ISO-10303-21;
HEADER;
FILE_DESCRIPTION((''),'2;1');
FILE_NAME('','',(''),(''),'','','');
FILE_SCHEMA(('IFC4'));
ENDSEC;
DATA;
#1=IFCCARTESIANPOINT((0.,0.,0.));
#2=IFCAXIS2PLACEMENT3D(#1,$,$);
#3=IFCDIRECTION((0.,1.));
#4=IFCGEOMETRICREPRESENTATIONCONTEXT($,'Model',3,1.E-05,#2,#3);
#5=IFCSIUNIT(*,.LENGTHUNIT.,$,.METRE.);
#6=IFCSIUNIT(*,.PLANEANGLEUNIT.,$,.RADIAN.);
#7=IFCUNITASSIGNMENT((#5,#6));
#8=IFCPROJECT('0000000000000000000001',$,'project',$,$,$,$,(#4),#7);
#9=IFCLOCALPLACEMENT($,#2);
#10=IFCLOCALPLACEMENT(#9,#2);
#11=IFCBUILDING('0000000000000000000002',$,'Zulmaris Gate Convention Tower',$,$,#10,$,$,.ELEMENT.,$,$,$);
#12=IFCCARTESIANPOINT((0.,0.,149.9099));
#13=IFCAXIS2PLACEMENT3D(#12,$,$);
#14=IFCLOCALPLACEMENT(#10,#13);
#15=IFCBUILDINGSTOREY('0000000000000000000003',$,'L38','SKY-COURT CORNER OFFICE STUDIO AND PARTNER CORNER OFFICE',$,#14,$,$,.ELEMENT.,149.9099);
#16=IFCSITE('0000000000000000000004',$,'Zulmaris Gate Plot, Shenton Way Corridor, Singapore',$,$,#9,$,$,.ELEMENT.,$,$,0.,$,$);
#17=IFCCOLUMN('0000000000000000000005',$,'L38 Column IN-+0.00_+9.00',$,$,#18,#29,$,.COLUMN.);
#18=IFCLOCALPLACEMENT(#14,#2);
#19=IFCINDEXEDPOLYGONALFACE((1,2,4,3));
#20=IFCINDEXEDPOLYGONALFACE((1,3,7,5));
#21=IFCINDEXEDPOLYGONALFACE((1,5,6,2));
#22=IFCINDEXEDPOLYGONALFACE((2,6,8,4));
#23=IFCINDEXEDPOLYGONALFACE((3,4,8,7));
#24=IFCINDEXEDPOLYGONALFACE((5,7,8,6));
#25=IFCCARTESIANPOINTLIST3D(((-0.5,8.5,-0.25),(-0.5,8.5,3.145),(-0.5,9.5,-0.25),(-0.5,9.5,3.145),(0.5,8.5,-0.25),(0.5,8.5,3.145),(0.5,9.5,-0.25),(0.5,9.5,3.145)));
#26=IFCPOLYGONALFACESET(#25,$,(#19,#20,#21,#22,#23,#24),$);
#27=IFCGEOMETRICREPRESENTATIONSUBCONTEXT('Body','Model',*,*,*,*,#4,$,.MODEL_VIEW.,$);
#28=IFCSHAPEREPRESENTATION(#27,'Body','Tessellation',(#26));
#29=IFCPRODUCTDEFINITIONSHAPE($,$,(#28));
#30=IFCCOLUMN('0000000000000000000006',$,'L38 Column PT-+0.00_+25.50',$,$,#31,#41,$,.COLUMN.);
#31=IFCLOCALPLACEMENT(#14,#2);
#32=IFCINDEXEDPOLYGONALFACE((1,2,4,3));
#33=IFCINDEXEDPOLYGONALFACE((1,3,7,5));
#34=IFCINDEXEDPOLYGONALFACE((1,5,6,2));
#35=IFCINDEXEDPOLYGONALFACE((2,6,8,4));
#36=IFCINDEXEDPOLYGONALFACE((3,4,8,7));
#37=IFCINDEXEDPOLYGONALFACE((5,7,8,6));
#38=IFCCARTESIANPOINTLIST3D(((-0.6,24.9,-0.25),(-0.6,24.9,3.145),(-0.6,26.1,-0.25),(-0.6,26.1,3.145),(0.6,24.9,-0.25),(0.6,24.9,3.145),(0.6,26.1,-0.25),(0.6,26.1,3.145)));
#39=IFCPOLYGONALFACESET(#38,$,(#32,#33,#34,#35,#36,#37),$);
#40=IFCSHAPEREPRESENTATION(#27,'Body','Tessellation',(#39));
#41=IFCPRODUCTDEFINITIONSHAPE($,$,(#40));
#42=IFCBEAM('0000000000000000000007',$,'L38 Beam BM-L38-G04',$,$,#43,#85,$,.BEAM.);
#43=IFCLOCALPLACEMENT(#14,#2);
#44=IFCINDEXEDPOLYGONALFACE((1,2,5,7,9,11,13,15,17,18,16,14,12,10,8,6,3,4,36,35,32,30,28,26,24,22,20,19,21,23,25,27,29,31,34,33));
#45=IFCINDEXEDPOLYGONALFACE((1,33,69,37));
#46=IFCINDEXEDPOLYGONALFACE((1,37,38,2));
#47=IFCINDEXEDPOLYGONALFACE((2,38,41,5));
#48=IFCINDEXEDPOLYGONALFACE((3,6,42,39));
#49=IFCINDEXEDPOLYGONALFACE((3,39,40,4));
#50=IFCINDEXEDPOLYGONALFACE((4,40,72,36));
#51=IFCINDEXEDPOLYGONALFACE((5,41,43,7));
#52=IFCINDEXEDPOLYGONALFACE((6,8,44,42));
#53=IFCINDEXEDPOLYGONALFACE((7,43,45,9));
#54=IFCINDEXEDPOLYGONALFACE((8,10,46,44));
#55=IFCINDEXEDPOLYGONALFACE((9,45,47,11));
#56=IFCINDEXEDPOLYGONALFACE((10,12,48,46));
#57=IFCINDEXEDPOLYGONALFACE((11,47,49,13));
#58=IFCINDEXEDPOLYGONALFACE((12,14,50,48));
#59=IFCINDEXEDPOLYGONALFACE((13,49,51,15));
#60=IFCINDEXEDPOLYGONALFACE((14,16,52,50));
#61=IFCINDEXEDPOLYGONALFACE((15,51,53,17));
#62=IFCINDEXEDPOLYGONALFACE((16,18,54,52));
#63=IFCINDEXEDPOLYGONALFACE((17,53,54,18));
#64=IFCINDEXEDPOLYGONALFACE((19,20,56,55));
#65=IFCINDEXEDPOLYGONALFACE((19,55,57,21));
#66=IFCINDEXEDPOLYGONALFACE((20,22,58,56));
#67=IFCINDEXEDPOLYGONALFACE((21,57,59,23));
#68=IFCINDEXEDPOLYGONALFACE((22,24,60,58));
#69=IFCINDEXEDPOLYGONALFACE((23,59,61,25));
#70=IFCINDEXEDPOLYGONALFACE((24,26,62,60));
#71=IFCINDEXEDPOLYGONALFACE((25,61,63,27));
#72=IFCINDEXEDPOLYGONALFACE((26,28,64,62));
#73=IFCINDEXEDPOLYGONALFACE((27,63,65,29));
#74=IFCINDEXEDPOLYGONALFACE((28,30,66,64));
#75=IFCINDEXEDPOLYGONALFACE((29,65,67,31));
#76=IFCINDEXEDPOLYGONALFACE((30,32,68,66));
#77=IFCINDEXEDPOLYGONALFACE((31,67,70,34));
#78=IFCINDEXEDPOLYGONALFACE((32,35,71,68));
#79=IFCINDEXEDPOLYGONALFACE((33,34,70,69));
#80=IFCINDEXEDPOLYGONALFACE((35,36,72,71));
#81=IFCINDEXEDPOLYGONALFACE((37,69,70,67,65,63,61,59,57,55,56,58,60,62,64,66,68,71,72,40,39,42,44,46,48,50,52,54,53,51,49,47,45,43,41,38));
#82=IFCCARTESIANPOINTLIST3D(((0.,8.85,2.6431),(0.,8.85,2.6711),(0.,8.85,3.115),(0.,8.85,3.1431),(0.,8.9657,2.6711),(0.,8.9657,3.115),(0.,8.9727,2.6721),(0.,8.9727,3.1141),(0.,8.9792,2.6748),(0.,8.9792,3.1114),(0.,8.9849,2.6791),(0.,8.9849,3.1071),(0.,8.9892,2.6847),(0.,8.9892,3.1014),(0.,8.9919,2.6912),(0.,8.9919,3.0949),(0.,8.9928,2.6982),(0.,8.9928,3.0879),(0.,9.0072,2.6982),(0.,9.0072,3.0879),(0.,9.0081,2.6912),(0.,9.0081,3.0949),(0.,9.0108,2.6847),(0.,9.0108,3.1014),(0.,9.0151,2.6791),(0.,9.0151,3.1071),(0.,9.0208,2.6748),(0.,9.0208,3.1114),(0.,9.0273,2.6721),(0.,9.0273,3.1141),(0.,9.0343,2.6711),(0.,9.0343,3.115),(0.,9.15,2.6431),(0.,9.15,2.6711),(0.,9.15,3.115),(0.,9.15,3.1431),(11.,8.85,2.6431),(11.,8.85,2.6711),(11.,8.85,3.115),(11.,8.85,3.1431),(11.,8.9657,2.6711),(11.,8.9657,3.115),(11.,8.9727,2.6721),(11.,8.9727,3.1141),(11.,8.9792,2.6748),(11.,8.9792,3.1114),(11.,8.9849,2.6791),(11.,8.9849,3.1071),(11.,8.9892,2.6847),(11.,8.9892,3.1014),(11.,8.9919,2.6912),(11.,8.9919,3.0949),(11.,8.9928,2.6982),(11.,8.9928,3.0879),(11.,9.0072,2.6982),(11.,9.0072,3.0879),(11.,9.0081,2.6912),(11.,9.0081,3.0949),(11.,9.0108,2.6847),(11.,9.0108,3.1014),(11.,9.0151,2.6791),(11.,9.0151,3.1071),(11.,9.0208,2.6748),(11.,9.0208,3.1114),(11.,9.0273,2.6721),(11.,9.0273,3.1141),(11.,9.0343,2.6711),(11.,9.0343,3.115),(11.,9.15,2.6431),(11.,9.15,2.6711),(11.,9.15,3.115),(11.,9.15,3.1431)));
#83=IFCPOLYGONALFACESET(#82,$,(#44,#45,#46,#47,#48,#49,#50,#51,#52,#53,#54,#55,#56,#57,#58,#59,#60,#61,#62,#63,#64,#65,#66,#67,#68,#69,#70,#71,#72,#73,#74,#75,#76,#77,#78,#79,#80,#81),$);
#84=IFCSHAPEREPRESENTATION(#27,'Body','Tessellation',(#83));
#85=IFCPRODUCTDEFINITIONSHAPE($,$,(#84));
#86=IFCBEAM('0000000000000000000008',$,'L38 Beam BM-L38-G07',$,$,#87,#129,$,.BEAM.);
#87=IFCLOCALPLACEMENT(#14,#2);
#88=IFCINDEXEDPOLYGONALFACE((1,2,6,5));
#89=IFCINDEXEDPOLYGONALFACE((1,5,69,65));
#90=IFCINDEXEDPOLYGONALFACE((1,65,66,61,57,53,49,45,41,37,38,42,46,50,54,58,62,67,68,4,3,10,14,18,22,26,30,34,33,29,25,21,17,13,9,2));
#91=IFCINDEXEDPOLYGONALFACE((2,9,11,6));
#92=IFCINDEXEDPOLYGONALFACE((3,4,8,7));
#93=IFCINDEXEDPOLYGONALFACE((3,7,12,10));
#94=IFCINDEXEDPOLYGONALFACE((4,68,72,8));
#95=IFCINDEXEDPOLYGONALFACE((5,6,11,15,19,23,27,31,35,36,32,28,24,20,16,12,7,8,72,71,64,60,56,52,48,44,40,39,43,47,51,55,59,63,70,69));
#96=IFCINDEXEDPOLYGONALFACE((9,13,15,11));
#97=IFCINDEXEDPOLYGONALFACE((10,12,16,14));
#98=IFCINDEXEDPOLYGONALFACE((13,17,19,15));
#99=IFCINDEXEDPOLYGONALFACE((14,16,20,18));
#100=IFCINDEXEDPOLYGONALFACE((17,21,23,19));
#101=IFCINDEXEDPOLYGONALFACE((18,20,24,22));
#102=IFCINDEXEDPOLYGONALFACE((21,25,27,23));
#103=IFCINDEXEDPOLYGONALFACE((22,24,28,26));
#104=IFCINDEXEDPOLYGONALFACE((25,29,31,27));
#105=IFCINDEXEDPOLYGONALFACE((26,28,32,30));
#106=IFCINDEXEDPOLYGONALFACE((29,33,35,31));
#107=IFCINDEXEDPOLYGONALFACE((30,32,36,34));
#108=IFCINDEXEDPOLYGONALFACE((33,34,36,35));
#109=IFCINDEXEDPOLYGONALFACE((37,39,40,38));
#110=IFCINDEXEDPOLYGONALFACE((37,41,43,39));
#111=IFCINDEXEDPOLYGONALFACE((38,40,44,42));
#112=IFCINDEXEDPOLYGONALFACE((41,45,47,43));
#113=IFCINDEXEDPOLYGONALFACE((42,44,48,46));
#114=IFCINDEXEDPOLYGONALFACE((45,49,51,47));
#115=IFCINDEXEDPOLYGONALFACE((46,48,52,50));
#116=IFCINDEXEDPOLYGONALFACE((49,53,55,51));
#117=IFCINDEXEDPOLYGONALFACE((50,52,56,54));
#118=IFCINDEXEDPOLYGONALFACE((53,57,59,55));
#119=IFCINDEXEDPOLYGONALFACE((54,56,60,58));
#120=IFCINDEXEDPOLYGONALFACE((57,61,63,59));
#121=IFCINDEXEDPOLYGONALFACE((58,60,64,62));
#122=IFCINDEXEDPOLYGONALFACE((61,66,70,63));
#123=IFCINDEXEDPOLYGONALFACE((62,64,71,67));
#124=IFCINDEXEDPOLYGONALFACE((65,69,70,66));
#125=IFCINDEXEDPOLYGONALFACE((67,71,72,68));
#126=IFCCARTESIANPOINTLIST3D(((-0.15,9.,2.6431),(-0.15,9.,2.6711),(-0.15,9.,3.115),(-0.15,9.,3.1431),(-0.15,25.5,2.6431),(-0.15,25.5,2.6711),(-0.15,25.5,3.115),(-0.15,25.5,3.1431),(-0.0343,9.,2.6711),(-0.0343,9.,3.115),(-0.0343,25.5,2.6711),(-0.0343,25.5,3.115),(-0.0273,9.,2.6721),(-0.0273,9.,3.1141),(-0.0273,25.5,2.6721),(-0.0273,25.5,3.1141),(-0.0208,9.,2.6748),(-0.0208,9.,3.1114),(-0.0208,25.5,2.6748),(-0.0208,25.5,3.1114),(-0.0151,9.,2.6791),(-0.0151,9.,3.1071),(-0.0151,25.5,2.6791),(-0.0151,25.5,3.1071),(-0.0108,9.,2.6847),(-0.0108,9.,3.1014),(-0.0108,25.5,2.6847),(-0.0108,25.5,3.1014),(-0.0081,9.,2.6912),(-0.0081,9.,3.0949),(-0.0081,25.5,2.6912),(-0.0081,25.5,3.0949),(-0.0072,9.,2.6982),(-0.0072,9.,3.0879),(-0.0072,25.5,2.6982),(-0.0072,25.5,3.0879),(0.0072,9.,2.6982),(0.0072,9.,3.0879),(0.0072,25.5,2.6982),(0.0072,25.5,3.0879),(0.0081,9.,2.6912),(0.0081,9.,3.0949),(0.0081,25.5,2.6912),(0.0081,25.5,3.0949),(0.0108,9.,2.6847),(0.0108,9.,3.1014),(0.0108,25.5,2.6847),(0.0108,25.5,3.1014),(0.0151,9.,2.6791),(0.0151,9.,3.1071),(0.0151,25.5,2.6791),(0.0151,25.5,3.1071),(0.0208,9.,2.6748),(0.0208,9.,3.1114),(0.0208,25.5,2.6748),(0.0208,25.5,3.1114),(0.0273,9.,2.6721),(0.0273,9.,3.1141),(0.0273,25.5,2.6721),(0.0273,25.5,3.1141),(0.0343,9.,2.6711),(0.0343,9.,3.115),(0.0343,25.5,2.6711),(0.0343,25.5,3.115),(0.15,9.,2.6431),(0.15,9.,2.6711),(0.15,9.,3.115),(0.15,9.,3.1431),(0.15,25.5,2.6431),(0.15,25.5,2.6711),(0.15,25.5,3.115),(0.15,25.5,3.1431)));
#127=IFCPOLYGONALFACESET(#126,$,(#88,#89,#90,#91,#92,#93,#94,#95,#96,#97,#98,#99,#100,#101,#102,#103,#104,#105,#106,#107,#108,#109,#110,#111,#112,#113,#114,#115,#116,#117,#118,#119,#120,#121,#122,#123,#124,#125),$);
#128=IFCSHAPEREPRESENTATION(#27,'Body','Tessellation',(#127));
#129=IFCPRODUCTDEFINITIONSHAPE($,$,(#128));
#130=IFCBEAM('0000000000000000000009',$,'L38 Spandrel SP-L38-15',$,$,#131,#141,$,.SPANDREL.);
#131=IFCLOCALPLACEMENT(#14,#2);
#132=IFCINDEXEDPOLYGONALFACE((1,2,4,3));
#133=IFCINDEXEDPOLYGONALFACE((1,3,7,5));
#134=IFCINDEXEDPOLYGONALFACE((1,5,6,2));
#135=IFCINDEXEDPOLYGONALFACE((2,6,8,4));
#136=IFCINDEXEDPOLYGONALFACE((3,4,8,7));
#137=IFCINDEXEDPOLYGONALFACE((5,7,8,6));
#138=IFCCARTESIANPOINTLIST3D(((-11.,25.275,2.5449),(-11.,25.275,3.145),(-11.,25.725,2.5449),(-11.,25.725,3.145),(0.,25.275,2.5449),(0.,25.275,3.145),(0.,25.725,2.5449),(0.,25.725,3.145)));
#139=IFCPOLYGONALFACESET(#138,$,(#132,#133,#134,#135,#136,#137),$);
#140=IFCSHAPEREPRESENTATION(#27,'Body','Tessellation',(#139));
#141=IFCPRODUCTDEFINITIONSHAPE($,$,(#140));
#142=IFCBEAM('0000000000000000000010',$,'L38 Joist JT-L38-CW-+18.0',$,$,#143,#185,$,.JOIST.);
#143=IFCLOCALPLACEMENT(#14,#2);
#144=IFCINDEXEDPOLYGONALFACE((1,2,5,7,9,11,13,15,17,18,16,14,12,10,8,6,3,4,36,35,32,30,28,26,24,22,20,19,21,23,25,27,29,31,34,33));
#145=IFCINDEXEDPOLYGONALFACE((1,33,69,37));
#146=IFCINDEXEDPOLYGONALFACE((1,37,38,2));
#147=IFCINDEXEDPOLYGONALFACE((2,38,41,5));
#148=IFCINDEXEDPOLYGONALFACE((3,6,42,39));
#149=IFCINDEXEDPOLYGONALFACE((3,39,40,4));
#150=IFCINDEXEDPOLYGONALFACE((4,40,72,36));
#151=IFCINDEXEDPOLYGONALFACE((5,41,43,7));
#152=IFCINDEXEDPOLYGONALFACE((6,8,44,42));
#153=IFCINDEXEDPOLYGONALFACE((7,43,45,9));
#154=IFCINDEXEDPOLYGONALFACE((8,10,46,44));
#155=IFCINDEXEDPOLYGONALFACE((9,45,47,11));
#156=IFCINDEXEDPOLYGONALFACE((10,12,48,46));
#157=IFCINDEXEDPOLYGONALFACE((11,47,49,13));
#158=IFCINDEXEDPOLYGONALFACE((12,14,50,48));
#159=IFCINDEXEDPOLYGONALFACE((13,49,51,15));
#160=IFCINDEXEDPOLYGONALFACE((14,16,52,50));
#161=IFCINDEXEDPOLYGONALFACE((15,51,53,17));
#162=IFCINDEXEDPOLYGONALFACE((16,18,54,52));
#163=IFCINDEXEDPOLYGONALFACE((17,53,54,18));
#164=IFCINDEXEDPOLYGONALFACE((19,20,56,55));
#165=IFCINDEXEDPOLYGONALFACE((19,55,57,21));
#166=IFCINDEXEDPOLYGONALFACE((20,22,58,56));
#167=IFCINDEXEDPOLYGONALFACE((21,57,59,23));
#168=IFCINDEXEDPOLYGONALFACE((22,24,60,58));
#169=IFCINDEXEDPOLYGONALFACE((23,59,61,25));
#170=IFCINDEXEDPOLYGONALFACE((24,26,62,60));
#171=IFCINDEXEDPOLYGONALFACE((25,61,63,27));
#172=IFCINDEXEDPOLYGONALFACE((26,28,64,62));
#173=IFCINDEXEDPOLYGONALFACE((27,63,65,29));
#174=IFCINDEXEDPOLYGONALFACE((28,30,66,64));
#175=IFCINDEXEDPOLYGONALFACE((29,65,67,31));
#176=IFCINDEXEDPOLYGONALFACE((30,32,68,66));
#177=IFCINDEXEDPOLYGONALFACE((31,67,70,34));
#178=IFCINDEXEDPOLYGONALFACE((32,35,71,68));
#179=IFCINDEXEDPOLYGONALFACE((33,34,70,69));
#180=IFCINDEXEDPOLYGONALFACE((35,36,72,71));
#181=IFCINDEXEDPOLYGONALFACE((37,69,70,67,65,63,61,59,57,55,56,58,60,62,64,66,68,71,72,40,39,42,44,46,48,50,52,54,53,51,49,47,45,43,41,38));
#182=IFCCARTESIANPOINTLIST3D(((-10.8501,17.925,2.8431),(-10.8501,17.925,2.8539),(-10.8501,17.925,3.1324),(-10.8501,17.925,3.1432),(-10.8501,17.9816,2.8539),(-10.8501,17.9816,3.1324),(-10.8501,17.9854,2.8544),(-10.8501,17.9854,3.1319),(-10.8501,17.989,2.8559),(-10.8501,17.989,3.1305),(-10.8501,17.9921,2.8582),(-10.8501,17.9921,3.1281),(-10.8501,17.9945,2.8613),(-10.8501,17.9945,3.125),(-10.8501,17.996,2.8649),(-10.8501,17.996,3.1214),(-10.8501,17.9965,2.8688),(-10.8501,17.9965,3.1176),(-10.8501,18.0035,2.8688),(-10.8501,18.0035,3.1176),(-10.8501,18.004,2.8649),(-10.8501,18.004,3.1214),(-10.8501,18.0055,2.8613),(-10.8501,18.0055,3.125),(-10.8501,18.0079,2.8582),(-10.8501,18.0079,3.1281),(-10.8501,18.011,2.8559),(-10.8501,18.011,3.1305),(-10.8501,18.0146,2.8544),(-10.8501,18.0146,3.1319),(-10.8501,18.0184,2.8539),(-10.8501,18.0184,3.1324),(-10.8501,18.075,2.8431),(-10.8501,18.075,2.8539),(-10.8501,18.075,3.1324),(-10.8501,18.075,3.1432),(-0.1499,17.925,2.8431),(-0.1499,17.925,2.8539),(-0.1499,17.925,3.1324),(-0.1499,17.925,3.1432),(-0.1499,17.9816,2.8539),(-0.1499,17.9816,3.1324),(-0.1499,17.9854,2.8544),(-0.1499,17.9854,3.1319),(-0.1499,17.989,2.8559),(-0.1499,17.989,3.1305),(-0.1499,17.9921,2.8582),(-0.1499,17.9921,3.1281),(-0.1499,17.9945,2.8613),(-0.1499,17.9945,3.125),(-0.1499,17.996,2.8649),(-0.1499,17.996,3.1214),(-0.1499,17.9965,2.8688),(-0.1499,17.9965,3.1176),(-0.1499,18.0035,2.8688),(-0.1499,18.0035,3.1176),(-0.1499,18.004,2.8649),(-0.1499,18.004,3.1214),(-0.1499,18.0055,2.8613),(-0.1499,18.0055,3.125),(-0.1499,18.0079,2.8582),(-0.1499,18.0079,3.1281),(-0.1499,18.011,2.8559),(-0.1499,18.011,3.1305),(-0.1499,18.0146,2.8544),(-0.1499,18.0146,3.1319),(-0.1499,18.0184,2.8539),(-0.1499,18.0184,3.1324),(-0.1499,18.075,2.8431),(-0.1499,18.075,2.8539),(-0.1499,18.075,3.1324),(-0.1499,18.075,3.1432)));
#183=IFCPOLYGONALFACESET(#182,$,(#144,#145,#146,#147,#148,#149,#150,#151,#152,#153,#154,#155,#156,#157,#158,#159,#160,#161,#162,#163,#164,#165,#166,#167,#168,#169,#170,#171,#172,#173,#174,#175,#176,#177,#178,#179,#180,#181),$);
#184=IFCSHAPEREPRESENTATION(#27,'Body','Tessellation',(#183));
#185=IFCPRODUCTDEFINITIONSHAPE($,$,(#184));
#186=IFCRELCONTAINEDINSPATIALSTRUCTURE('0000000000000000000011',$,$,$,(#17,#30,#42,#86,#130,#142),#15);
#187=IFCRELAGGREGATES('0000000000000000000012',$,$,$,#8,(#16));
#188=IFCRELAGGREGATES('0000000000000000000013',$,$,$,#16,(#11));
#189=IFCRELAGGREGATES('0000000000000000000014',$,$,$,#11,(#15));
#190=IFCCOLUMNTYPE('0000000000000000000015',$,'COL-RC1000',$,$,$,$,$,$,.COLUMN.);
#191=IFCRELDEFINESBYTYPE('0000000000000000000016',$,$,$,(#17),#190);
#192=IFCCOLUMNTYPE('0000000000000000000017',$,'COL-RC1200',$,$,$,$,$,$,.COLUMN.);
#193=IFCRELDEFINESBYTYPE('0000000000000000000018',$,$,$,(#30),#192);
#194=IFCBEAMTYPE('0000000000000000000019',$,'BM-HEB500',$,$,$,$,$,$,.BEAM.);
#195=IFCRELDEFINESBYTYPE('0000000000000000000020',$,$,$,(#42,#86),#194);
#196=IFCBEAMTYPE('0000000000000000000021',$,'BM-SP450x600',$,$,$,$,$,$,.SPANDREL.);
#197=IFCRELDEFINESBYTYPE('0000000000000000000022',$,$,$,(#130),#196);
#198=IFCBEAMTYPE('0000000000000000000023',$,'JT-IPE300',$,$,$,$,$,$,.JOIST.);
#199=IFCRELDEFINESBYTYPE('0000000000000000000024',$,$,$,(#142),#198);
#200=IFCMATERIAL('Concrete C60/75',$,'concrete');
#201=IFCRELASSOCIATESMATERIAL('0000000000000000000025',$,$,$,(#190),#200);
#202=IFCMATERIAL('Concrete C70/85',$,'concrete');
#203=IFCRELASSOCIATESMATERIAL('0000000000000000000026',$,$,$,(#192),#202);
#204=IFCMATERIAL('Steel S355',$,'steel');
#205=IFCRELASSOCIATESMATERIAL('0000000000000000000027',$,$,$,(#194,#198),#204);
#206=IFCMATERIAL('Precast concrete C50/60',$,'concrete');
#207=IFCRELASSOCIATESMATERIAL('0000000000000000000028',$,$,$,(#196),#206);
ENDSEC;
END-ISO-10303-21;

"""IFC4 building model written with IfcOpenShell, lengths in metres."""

from ifc_helpers import new_model, si_unit, direction, frame, origin, origin_2d, place, context, subcontext, project, spatial, rectangle, i_section, extrude, material, material_profile, profile_set, type_object, element, save


model = new_model("IFC4")

# Units and contexts
model_context = context("Model", 3, precision=1e-05, world=origin(), true_north=direction((0.0, 1.0)))
body_context = subcontext(model_context, "Body", "Model", "MODEL_VIEW")
ifc_project = project(units=[si_unit("LENGTHUNIT", "METRE"), si_unit("PLANEANGLEUNIT", "RADIAN")], contexts=[model_context])

# Site, building, storey
site_placement = place(None, origin())
site = spatial("IfcSite", under=ifc_project, at=site_placement, Name="Zulmaris Gate Plot, Shenton Way Corridor, Singapore", CompositionType="ELEMENT", RefElevation=0.0)
building_placement = place(site_placement, origin())
building = spatial("IfcBuilding", under=site, at=building_placement, Name="Zulmaris Gate Convention Tower", CompositionType="ELEMENT")
storey_placement = place(building_placement, frame((0.0, 0.0, 149.9099)))
storey = spatial("IfcBuildingStorey", under=building, at=storey_placement, Name="L38", Description="SKY-COURT CORNER OFFICE STUDIO AND PARTNER CORNER OFFICE", CompositionType="ELEMENT", Elevation=149.9099)

# Columns
ifc_material_1 = material(Name="Concrete C60/75", Category="concrete")
ifc_material_profile_1 = material_profile(ifc_material_1, rectangle(XDim=1.0, YDim=1.0, at=origin_2d()), Name="RC COL 1000x1000")
ifc_profile_set_1 = profile_set([ifc_material_profile_1], Name="Concrete C60/75")
column_type_1 = type_object("IfcColumnType", Name="COL-RC1000", PredefinedType="COLUMN", material=ifc_profile_set_1)
column_1_placement = place(storey_placement, frame((0.0, 9.0, -0.25), z_axis=(0.0, 0.0, 1.0), x_axis=(1.0, 0.0, 0.0)))
element("IfcColumn", 1, at=column_1_placement, inside=storey, type_object=column_type_1, Name="L38 Column IN-+0.00_+9.00", PredefinedType="COLUMN", context=body_context, shape_type="SweptSolid", body=[
    extrude(rectangle(XDim=1.0, YDim=1.0, at=origin_2d()), origin(), (0.0, 0.0, 1.0), 3.395),
])
ifc_material_2 = material(Name="Concrete C70/85", Category="concrete")
ifc_material_profile_2 = material_profile(ifc_material_2, rectangle(XDim=1.2, YDim=1.2, at=origin_2d()), Name="RC COL 1200x1200")
ifc_profile_set_2 = profile_set([ifc_material_profile_2], Name="Concrete C70/85")
column_type_2 = type_object("IfcColumnType", Name="COL-RC1200", PredefinedType="COLUMN", material=ifc_profile_set_2)
column_2_placement = place(storey_placement, frame((0.0, 25.5, -0.25), z_axis=(0.0, 0.0, 1.0), x_axis=(1.0, 0.0, 0.0)))
element("IfcColumn", 2, at=column_2_placement, inside=storey, type_object=column_type_2, Name="L38 Column PT-+0.00_+25.50", PredefinedType="COLUMN", context=body_context, shape_type="SweptSolid", body=[
    extrude(rectangle(XDim=1.2, YDim=1.2, at=origin_2d()), origin(), (0.0, 0.0, 1.0), 3.395),
])

# Beams
ifc_material_3 = material(Name="Steel S355", Category="steel")
ifc_material_profile_3 = material_profile(ifc_material_3, i_section(OverallWidth=0.3, OverallDepth=0.5, WebThickness=0.0144, FlangeThickness=0.0281, FilletRadius=0.0271, at=origin_2d()), Name="HEB 500")
ifc_profile_set_3 = profile_set([ifc_material_profile_3], Name="Steel S355")
beam_type_1 = type_object("IfcBeamType", Name="BM-HEB500", PredefinedType="BEAM", material=ifc_profile_set_3)
beam_1_placement = place(storey_placement, frame((0.0, 9.0, 2.8931), z_axis=(1.0, 0.0, 0.0), x_axis=(0.0, 1.0, 0.0)))
element("IfcBeam", 3, at=beam_1_placement, inside=storey, type_object=beam_type_1, Name="L38 Beam BM-L38-G04", PredefinedType="BEAM", context=body_context, shape_type="SweptSolid", body=[
    extrude(i_section(OverallWidth=0.3, OverallDepth=0.5, WebThickness=0.0144, FlangeThickness=0.0281, FilletRadius=0.0271, at=origin_2d()), origin(), (0.0, 0.0, 1.0), 11.0),
])
beam_2_placement = place(storey_placement, frame((0.0, 9.0, 2.8931), z_axis=(0.0, 1.0, 0.0), x_axis=(-1.0, 0.0, 0.0)))
element("IfcBeam", 4, at=beam_2_placement, inside=storey, type_object=beam_type_1, Name="L38 Beam BM-L38-G07", PredefinedType="BEAM", context=body_context, shape_type="SweptSolid", body=[
    extrude(i_section(OverallWidth=0.3, OverallDepth=0.5, WebThickness=0.0144, FlangeThickness=0.0281, FilletRadius=0.0271, at=origin_2d()), origin(), (0.0, 0.0, 1.0), 16.5),
])
ifc_material_4 = material(Name="Precast concrete C50/60", Category="concrete")
ifc_material_profile_4 = material_profile(ifc_material_4, rectangle(XDim=0.45, YDim=0.6001, at=origin_2d()), Name="RC SPANDREL 450x600")
ifc_profile_set_4 = profile_set([ifc_material_profile_4], Name="Precast concrete C50/60")
beam_type_2 = type_object("IfcBeamType", Name="BM-SP450x600", PredefinedType="SPANDREL", material=ifc_profile_set_4)
beam_3_placement = place(storey_placement, frame((0.0, 25.5, 2.845), z_axis=(-1.0, 0.0, 0.0), x_axis=(0.0, -1.0, 0.0)))
element("IfcBeam", 5, at=beam_3_placement, inside=storey, type_object=beam_type_2, Name="L38 Spandrel SP-L38-15", PredefinedType="SPANDREL", context=body_context, shape_type="SweptSolid", body=[
    extrude(rectangle(XDim=0.45, YDim=0.6001, at=origin_2d()), origin(), (0.0, 0.0, 1.0), 11.0),
])
ifc_material_profile_5 = material_profile(ifc_material_3, i_section(OverallWidth=0.1499, OverallDepth=0.3, WebThickness=0.0071, FlangeThickness=0.0107, FilletRadius=0.0149, at=origin_2d()), Name="IPE 300")
ifc_profile_set_5 = profile_set([ifc_material_profile_5], Name="Steel S355")
beam_type_3 = type_object("IfcBeamType", Name="JT-IPE300", PredefinedType="JOIST", material=ifc_profile_set_5)
beam_4_placement = place(storey_placement, frame((-10.8501, 18.0, 2.9932), z_axis=(1.0, 0.0, 0.0), x_axis=(0.0, 1.0, 0.0)))
element("IfcBeam", 6, at=beam_4_placement, inside=storey, type_object=beam_type_3, Name="L38 Joist JT-L38-CW-+18.0", PredefinedType="JOIST", context=body_context, shape_type="SweptSolid", body=[
    extrude(i_section(OverallWidth=0.1499, OverallDepth=0.3, WebThickness=0.0071, FlangeThickness=0.0107, FilletRadius=0.0149, at=origin_2d()), origin(), (0.0, 0.0, 1.0), 10.7002),
])

save(model, "model.ifc")
